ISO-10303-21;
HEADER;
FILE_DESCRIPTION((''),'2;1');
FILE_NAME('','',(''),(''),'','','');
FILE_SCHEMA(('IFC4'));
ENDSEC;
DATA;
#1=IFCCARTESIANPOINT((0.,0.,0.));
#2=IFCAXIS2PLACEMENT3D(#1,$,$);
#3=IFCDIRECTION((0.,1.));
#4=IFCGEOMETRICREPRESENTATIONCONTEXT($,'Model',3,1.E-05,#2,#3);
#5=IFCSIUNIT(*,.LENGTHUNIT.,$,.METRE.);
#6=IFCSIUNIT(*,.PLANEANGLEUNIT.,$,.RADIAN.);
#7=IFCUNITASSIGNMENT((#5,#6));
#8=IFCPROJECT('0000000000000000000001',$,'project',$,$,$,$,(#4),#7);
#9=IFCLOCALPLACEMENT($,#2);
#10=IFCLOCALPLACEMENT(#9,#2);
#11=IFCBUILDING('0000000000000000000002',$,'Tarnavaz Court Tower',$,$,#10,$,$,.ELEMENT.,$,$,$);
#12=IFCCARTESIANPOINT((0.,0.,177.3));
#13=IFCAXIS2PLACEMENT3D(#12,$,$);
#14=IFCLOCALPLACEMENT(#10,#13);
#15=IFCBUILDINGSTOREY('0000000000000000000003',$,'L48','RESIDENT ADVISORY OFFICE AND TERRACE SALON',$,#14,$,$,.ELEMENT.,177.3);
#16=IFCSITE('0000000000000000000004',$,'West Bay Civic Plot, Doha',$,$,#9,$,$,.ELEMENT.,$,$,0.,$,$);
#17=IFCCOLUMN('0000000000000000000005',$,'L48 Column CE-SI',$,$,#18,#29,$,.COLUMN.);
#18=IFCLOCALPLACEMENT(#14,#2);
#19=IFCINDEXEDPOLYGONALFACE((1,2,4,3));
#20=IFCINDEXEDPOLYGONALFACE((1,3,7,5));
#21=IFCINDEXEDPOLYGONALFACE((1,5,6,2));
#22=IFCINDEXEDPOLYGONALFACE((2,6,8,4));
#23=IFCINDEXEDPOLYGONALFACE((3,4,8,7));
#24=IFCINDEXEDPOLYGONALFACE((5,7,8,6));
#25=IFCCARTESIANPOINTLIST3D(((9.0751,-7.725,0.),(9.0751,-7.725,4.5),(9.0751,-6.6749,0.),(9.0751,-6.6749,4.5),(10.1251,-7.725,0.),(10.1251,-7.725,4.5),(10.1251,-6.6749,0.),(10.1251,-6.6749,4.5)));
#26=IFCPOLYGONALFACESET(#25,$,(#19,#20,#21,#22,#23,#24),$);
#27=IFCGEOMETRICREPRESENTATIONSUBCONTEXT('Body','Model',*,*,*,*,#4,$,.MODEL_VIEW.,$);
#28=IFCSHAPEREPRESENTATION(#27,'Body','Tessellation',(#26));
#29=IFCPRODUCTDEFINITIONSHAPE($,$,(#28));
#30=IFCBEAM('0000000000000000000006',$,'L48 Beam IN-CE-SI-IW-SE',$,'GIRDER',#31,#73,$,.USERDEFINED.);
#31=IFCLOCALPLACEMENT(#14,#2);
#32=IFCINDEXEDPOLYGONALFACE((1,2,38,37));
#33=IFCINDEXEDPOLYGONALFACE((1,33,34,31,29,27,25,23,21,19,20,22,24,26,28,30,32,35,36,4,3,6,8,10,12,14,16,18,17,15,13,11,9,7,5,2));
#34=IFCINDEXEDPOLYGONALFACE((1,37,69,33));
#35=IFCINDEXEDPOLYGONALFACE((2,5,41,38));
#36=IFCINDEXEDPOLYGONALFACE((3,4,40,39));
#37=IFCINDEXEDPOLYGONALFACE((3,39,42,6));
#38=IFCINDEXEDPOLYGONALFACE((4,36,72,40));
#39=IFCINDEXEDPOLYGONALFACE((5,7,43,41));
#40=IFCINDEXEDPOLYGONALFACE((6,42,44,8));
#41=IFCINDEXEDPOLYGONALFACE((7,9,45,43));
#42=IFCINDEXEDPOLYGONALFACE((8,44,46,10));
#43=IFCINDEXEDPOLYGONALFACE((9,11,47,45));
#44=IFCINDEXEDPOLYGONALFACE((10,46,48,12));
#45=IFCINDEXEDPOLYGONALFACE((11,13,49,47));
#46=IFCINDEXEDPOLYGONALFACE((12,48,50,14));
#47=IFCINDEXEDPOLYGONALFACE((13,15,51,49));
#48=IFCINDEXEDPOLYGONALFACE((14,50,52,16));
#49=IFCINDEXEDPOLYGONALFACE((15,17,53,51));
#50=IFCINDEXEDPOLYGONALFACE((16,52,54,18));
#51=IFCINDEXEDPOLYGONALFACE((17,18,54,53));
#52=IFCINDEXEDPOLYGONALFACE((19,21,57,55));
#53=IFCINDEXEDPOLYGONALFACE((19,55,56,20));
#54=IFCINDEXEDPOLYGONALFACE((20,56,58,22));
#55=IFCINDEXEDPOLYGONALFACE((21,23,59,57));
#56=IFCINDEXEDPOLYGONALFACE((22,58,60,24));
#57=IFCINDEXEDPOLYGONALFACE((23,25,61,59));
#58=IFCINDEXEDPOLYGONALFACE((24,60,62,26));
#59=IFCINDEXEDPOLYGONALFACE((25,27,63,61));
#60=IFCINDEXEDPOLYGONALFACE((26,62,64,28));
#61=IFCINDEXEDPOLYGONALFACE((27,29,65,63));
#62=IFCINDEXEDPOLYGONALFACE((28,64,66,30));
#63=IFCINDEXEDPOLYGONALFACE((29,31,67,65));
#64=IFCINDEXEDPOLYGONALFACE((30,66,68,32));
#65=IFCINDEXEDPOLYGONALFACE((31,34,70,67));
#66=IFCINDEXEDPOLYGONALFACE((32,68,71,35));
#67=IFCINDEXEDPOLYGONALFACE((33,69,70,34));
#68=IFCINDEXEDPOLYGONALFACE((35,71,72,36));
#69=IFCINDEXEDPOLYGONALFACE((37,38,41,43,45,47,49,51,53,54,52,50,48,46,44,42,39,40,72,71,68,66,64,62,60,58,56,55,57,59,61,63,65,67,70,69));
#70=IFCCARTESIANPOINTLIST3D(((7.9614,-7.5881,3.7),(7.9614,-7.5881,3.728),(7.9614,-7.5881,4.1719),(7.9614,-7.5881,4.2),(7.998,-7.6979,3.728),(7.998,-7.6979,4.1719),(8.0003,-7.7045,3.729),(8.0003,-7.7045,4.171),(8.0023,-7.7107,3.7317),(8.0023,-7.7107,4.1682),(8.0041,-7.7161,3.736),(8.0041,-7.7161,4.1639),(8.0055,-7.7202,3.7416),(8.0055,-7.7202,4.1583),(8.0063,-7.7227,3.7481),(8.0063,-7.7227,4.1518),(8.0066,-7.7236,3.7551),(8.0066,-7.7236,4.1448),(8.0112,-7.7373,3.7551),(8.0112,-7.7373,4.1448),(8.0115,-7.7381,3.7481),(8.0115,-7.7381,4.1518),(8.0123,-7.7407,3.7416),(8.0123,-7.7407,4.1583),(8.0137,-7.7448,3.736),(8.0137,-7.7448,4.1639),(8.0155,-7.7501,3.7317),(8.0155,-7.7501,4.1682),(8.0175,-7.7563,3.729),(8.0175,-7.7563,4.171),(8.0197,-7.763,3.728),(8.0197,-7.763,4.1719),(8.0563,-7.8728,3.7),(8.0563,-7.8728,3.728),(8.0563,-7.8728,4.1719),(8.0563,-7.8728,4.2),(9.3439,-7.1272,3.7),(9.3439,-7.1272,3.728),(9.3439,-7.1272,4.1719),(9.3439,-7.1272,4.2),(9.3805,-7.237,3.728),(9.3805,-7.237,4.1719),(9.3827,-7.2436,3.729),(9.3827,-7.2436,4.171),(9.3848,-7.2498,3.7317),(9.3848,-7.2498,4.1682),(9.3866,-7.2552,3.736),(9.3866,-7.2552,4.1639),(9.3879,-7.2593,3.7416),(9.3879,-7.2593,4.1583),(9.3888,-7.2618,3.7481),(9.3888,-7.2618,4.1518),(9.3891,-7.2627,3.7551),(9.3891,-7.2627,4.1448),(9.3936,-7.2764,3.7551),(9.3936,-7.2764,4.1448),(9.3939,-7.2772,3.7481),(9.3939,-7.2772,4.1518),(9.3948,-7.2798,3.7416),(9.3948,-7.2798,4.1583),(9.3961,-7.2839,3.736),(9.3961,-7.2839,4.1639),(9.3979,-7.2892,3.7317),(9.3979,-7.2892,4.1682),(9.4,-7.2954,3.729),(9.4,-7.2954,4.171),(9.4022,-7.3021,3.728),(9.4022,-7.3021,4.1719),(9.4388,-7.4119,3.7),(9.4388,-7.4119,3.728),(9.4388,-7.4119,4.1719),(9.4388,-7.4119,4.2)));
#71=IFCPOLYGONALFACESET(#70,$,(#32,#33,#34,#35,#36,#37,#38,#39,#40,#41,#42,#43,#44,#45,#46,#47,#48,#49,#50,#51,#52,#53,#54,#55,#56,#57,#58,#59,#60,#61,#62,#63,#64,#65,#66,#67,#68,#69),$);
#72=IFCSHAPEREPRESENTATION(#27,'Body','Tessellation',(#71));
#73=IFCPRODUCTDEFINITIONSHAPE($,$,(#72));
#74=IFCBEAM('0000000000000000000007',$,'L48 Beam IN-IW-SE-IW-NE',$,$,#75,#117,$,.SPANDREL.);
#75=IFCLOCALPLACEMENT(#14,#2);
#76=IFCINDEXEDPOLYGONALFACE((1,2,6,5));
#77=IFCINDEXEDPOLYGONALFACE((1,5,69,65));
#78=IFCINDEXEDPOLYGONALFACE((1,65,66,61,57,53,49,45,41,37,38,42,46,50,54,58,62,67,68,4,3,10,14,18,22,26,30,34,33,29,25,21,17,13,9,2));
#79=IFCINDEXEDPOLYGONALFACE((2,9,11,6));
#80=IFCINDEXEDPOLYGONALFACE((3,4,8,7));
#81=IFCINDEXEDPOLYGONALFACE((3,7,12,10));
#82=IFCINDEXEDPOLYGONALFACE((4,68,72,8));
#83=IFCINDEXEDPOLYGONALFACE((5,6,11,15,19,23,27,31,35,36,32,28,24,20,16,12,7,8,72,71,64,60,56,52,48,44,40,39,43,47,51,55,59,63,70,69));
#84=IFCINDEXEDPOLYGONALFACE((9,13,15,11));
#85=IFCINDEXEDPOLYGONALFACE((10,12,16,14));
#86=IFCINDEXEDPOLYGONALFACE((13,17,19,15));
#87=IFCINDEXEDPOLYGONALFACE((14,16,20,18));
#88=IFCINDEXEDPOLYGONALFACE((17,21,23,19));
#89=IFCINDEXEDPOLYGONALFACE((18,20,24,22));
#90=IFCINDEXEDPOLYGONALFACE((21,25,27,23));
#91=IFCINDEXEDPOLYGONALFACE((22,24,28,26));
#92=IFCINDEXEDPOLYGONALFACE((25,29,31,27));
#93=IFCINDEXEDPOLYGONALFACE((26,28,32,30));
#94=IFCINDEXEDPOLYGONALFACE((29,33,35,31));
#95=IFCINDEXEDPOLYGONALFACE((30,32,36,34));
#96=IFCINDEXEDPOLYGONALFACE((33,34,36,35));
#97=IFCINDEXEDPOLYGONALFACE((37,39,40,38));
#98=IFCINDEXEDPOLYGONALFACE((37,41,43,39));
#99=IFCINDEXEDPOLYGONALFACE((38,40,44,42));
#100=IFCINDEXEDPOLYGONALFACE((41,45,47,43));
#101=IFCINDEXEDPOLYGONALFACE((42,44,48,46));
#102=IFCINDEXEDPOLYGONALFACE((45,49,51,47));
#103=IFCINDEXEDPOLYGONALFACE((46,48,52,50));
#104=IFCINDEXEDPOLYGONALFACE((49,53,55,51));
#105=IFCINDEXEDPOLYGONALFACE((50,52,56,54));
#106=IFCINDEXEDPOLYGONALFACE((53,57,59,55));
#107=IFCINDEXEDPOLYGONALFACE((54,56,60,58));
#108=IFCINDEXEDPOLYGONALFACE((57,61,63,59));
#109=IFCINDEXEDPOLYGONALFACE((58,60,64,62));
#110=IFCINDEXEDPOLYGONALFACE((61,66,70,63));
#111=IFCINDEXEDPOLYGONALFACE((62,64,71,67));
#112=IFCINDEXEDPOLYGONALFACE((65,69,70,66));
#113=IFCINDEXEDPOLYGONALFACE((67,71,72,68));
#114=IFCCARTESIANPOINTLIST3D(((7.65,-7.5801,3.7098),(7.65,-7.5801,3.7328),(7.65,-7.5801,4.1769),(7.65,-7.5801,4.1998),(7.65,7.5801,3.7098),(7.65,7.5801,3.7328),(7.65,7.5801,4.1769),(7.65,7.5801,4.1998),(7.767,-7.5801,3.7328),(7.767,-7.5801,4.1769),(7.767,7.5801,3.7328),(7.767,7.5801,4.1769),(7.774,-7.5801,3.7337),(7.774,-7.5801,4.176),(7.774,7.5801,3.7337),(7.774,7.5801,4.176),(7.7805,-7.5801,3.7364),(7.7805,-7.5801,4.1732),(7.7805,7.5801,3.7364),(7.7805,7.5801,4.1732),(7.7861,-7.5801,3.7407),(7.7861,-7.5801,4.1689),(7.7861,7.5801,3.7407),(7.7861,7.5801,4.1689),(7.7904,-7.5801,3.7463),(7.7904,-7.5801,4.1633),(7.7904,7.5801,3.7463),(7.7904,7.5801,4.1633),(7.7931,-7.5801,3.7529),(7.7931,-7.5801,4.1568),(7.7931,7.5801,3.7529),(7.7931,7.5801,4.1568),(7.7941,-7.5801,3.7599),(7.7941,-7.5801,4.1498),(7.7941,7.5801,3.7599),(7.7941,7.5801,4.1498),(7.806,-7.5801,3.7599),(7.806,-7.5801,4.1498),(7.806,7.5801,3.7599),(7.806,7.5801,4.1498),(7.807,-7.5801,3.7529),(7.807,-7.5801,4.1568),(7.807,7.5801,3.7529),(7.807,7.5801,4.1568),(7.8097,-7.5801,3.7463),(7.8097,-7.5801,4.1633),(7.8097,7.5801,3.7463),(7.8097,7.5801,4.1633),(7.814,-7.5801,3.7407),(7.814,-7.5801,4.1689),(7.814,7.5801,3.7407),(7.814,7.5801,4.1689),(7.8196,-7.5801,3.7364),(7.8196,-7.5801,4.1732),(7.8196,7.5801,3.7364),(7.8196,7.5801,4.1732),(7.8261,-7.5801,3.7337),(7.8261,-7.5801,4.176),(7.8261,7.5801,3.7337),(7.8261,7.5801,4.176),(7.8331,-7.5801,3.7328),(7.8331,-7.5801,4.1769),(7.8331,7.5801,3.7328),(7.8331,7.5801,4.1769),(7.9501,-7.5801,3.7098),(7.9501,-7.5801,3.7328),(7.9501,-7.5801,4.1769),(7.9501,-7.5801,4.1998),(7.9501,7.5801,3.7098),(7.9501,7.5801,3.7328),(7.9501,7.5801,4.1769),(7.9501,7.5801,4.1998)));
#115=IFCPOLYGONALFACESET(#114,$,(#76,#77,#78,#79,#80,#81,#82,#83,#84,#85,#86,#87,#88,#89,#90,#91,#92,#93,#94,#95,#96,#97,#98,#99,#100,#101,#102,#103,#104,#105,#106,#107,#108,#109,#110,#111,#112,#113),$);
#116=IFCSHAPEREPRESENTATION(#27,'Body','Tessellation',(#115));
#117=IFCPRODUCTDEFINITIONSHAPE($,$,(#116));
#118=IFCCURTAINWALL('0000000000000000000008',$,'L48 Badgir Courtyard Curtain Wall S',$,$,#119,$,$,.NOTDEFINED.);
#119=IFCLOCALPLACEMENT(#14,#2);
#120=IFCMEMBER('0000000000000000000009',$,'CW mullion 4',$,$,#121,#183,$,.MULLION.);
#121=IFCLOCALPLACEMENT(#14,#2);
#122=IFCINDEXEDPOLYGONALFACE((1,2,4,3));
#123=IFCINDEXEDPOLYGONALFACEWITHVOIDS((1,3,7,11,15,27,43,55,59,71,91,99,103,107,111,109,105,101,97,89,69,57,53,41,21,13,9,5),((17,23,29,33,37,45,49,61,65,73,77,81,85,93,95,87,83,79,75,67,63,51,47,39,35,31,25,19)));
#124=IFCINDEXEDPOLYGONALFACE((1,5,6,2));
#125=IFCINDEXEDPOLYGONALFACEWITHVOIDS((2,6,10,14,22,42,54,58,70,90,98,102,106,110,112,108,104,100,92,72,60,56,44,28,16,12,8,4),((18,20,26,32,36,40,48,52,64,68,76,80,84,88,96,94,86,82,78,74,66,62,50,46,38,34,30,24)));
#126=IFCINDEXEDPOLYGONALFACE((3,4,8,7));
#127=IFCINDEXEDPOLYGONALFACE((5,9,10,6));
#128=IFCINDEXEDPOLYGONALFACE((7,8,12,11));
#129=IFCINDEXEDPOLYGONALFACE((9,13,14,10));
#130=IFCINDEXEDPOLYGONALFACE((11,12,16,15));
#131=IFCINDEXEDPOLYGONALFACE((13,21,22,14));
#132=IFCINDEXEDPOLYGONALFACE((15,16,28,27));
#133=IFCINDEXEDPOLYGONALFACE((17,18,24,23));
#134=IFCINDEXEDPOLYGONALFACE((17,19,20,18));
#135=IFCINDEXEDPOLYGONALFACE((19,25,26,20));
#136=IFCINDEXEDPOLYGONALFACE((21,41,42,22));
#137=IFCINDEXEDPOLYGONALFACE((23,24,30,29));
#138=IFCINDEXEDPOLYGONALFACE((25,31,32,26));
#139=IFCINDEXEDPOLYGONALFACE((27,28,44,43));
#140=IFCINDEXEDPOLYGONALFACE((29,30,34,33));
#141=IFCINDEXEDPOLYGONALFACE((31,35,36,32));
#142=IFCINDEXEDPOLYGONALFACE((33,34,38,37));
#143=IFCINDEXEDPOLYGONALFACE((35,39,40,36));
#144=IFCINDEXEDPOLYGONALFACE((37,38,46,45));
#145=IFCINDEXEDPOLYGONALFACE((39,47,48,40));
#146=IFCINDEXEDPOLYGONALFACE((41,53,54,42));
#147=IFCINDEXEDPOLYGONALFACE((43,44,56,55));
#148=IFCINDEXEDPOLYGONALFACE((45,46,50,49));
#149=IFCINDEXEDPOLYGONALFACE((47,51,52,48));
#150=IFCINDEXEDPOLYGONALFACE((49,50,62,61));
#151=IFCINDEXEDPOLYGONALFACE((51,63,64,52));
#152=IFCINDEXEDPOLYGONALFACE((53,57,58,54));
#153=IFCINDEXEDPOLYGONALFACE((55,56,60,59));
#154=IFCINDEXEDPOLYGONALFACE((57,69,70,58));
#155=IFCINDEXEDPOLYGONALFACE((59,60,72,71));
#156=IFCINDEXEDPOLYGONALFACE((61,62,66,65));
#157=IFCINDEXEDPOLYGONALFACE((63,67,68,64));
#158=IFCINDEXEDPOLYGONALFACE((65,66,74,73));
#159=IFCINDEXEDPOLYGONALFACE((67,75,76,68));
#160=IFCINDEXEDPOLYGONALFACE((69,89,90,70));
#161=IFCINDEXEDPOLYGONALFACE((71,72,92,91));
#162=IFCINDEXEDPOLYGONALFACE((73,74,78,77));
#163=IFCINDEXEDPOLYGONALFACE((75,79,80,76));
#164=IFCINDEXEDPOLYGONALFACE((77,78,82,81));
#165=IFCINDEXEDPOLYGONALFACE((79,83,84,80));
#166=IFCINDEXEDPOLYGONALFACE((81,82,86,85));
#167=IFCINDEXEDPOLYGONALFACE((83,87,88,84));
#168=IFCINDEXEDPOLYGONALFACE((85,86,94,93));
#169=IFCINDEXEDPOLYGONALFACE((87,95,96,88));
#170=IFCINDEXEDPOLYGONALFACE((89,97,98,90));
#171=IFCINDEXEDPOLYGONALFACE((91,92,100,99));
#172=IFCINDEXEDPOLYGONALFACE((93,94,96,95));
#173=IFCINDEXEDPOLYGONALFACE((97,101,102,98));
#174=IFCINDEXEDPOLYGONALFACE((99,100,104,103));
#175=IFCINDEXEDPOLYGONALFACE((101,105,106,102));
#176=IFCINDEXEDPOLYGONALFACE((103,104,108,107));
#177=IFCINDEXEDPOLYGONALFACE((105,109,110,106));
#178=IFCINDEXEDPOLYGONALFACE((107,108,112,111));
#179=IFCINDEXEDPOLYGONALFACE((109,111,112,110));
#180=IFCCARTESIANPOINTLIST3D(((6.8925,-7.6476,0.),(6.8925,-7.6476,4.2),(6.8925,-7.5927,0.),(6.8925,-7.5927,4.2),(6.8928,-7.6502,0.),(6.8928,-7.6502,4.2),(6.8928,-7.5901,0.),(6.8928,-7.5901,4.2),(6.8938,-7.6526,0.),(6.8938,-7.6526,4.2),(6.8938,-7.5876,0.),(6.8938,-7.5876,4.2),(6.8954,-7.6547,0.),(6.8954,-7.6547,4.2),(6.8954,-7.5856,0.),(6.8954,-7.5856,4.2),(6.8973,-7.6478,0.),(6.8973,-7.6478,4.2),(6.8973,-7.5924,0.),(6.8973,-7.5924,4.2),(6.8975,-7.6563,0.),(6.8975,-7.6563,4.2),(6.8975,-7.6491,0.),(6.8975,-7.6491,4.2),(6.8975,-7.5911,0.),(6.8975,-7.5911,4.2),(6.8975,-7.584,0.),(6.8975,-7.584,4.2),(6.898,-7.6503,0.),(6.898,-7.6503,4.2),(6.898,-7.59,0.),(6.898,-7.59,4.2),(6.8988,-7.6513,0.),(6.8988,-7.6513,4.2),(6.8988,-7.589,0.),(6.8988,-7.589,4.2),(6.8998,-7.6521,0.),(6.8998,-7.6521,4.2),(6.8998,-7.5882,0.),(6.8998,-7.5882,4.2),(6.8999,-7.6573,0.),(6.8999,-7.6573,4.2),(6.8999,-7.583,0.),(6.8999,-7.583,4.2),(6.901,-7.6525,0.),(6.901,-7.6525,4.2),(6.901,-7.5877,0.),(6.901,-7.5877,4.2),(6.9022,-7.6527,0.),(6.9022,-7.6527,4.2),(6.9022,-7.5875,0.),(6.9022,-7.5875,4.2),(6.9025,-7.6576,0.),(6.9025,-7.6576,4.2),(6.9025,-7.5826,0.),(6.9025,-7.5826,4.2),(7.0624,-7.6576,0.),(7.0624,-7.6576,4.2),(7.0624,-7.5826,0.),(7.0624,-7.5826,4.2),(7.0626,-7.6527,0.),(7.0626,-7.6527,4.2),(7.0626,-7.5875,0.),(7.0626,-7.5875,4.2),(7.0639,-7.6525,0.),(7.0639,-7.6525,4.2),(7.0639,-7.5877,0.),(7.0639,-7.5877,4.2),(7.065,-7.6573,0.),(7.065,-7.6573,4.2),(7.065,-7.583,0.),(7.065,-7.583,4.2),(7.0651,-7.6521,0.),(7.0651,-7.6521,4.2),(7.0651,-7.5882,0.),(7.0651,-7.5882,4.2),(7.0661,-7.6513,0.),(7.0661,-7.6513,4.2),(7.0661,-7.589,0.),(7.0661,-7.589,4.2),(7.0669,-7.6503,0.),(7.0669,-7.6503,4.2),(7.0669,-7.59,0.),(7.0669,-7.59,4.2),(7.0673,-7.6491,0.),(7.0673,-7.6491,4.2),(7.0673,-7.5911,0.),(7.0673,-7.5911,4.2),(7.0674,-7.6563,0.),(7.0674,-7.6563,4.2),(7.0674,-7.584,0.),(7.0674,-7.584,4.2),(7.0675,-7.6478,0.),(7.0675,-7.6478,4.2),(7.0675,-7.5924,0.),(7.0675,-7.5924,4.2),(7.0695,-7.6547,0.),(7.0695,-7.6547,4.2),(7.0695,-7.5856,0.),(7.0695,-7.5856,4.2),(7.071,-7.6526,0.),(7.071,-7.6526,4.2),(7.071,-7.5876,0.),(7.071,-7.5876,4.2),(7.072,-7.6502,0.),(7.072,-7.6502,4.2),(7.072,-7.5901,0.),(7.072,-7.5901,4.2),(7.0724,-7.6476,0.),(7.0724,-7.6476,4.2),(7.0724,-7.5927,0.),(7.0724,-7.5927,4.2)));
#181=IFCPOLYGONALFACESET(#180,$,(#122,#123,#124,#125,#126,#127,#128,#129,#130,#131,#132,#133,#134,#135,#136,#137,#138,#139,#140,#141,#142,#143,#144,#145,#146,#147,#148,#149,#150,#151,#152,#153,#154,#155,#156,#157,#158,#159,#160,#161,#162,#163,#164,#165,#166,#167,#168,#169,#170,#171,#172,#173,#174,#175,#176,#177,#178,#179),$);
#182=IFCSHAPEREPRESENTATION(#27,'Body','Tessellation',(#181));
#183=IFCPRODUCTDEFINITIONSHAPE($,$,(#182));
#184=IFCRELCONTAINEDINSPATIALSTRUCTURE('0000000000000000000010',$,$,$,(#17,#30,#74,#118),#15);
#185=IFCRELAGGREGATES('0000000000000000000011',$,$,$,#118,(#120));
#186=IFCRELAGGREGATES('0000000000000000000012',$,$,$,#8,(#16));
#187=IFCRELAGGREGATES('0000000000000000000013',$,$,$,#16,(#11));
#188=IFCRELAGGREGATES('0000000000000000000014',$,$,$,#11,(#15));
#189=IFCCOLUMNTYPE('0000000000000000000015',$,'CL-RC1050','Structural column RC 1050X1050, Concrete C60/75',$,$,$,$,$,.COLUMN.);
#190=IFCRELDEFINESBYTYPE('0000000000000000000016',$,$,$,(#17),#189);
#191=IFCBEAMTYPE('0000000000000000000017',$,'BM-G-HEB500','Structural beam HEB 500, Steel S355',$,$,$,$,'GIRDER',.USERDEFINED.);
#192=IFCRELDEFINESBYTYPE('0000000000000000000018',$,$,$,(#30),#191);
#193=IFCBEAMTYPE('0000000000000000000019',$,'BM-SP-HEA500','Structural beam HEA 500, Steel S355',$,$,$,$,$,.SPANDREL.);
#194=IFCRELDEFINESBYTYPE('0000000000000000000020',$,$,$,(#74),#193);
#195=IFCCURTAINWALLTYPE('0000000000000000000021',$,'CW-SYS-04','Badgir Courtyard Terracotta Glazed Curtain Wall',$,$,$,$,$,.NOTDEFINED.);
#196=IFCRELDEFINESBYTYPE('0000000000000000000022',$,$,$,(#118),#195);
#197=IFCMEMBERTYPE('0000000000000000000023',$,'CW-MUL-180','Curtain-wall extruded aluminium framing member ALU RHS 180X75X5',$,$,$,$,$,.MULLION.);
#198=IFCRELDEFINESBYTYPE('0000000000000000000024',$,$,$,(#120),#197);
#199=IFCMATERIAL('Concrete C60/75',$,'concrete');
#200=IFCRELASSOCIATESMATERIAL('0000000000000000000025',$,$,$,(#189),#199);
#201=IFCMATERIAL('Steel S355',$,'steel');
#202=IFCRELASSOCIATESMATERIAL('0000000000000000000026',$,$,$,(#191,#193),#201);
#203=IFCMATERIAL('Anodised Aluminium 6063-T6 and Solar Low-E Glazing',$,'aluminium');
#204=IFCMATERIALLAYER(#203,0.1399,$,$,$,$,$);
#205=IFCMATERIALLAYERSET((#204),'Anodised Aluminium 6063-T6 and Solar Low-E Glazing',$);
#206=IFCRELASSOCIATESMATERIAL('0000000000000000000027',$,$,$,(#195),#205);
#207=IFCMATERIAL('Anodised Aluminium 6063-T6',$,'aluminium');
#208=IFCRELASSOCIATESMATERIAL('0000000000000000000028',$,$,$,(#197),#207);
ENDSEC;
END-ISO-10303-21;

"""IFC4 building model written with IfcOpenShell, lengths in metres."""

from ifc_helpers import new_model, si_unit, direction, frame, origin, origin_2d, place, context, subcontext, project, spatial, rectangle, hollow_rectangle, i_section, extrude, material, layer, layer_set, material_profile, profile_set, type_object, element, aggregate, save


model = new_model("IFC4")

# Units and contexts
model_context = context("Model", 3, precision=1e-05, world=origin(), true_north=direction((0.0, 1.0)))
body_context = subcontext(model_context, "Body", "Model", "MODEL_VIEW")
ifc_project = project(units=[si_unit("LENGTHUNIT", "METRE"), si_unit("PLANEANGLEUNIT", "RADIAN")], contexts=[model_context])

# Site, building, storey
site_placement = place(None, origin())
site = spatial("IfcSite", under=ifc_project, at=site_placement, Name="West Bay Civic Plot, Doha", CompositionType="ELEMENT", RefElevation=0.0)
building_placement = place(site_placement, origin())
building = spatial("IfcBuilding", under=site, at=building_placement, Name="Tarnavaz Court Tower", CompositionType="ELEMENT")
storey_placement = place(building_placement, frame((0.0, 0.0, 177.3)))
storey = spatial("IfcBuildingStorey", under=building, at=storey_placement, Name="L48", Description="RESIDENT ADVISORY OFFICE AND TERRACE SALON", CompositionType="ELEMENT", Elevation=177.3)

# Column
ifc_material_1 = material(Name="Concrete C60/75", Category="concrete")
ifc_material_profile_1 = material_profile(ifc_material_1, rectangle(XDim=1.05, YDim=1.05, at=origin_2d()), Name="RC 1050X1050")
ifc_profile_set_1 = profile_set([ifc_material_profile_1], Name="Concrete C60/75")
column_type = type_object("IfcColumnType", Name="CL-RC1050", Description="Structural column RC 1050X1050, Concrete C60/75", PredefinedType="COLUMN", material=ifc_profile_set_1)
column_placement = place(storey_placement, frame((9.6001, -7.2, 0.0), z_axis=(0.0, 0.0, 1.0), x_axis=(1.0, 0.0, 0.0)))
element("IfcColumn", 1, at=column_placement, inside=storey, type_object=column_type, Name="L48 Column CE-SI", PredefinedType="COLUMN", context=body_context, shape_type="SweptSolid", body=[
    extrude(rectangle(XDim=1.05, YDim=1.05, at=origin_2d()), origin(), (0.0, 0.0, 1.0), 4.5),
])

# Beams
ifc_material_2 = material(Name="Steel S355", Category="steel")
ifc_material_profile_2 = material_profile(ifc_material_2, i_section(OverallWidth=0.3, OverallDepth=0.5, WebThickness=0.0144, FlangeThickness=0.0281, FilletRadius=0.0271, at=origin_2d()), Name="HEB 500")
ifc_profile_set_2 = profile_set([ifc_material_profile_2], Name="Steel S355")
beam_type_1 = type_object("IfcBeamType", Name="BM-G-HEB500", Description="Structural beam HEB 500, Steel S355", ElementType="GIRDER", PredefinedType="USERDEFINED", material=ifc_profile_set_2)
beam_1_placement = place(storey_placement, frame((9.3914, -7.2695, 3.95), z_axis=(-0.948667, -0.316278, 0.0), x_axis=(0.316278, -0.948667, 0.0)))
element("IfcBeam", 2, at=beam_1_placement, inside=storey, type_object=beam_type_1, Name="L48 Beam IN-CE-SI-IW-SE", ObjectType="GIRDER", PredefinedType="USERDEFINED", context=body_context, shape_type="SweptSolid", body=[
    extrude(i_section(OverallWidth=0.3, OverallDepth=0.5, WebThickness=0.0144, FlangeThickness=0.0281, FilletRadius=0.0271, at=origin_2d()), origin(), (0.0, 0.0, 1.0), 1.4573),
])
ifc_material_profile_3 = material_profile(ifc_material_2, i_section(OverallWidth=0.3, OverallDepth=0.49, WebThickness=0.012, FlangeThickness=0.0229, FilletRadius=0.0271, at=origin_2d()), Name="HEA 500")
ifc_profile_set_3 = profile_set([ifc_material_profile_3], Name="Steel S355")
beam_type_2 = type_object("IfcBeamType", Name="BM-SP-HEA500", Description="Structural beam HEA 500, Steel S355", PredefinedType="SPANDREL", material=ifc_profile_set_3)
beam_2_placement = place(storey_placement, frame((7.8, -7.5801, 3.9548), z_axis=(0.0, 1.0, 0.0), x_axis=(-1.0, 0.0, 0.0)))
element("IfcBeam", 3, at=beam_2_placement, inside=storey, type_object=beam_type_2, Name="L48 Beam IN-IW-SE-IW-NE", PredefinedType="SPANDREL", context=body_context, shape_type="SweptSolid", body=[
    extrude(i_section(OverallWidth=0.3, OverallDepth=0.49, WebThickness=0.012, FlangeThickness=0.0229, FilletRadius=0.0271, at=origin_2d()), origin(), (0.0, 0.0, 1.0), 15.1602),
])

# Curtain wall, member
ifc_material_3 = material(Name="Anodised Aluminium 6063-T6 and Solar Low-E Glazing", Category="aluminium")
ifc_layer_1 = layer(ifc_material_3, 0.1399)
ifc_layer_set_1 = layer_set([ifc_layer_1], Name="Anodised Aluminium 6063-T6 and Solar Low-E Glazing")
curtain_wall_type = type_object("IfcCurtainWallType", Name="CW-SYS-04", Description="Badgir Courtyard Terracotta Glazed Curtain Wall", PredefinedType="NOTDEFINED", material=ifc_layer_set_1)
curtain_wall_placement = place(storey_placement, origin())
curtain_wall = element("IfcCurtainWall", 4, at=curtain_wall_placement, inside=storey, type_object=curtain_wall_type, Name="L48 Badgir Courtyard Curtain Wall S", PredefinedType="NOTDEFINED")
ifc_material_4 = material(Name="Anodised Aluminium 6063-T6", Category="aluminium")
ifc_material_profile_4 = material_profile(ifc_material_4, hollow_rectangle(XDim=0.075, YDim=0.1799, WallThickness=0.0049, InnerFilletRadius=0.0049, OuterFilletRadius=0.01, at=origin_2d()), Name="ALU RHS 180X75X5")
ifc_profile_set_4 = profile_set([ifc_material_profile_4], Name="Anodised Aluminium 6063-T6")
member_type_1 = type_object("IfcMemberType", Name="CW-MUL-180", Description="Curtain-wall extruded aluminium framing member ALU RHS 180X75X5", PredefinedType="MULLION", material=ifc_profile_set_4)
member_1_placement = place(storey_placement, frame((6.9824, -7.6201, 0.0), z_axis=(0.0, 0.0, 1.0), x_axis=(0.0, 1.0, 0.0)))
member_1 = element("IfcMember", 5, at=member_1_placement, type_object=member_type_1, Name="CW mullion 4", PredefinedType="MULLION", context=body_context, shape_type="SweptSolid", body=[
    extrude(hollow_rectangle(XDim=0.075, YDim=0.1799, WallThickness=0.0049, InnerFilletRadius=0.0049, OuterFilletRadius=0.01, at=origin_2d()), origin(), (0.0, 0.0, 1.0), 4.2),
])
aggregate(curtain_wall, [member_1])

save(model, "model.ifc")
